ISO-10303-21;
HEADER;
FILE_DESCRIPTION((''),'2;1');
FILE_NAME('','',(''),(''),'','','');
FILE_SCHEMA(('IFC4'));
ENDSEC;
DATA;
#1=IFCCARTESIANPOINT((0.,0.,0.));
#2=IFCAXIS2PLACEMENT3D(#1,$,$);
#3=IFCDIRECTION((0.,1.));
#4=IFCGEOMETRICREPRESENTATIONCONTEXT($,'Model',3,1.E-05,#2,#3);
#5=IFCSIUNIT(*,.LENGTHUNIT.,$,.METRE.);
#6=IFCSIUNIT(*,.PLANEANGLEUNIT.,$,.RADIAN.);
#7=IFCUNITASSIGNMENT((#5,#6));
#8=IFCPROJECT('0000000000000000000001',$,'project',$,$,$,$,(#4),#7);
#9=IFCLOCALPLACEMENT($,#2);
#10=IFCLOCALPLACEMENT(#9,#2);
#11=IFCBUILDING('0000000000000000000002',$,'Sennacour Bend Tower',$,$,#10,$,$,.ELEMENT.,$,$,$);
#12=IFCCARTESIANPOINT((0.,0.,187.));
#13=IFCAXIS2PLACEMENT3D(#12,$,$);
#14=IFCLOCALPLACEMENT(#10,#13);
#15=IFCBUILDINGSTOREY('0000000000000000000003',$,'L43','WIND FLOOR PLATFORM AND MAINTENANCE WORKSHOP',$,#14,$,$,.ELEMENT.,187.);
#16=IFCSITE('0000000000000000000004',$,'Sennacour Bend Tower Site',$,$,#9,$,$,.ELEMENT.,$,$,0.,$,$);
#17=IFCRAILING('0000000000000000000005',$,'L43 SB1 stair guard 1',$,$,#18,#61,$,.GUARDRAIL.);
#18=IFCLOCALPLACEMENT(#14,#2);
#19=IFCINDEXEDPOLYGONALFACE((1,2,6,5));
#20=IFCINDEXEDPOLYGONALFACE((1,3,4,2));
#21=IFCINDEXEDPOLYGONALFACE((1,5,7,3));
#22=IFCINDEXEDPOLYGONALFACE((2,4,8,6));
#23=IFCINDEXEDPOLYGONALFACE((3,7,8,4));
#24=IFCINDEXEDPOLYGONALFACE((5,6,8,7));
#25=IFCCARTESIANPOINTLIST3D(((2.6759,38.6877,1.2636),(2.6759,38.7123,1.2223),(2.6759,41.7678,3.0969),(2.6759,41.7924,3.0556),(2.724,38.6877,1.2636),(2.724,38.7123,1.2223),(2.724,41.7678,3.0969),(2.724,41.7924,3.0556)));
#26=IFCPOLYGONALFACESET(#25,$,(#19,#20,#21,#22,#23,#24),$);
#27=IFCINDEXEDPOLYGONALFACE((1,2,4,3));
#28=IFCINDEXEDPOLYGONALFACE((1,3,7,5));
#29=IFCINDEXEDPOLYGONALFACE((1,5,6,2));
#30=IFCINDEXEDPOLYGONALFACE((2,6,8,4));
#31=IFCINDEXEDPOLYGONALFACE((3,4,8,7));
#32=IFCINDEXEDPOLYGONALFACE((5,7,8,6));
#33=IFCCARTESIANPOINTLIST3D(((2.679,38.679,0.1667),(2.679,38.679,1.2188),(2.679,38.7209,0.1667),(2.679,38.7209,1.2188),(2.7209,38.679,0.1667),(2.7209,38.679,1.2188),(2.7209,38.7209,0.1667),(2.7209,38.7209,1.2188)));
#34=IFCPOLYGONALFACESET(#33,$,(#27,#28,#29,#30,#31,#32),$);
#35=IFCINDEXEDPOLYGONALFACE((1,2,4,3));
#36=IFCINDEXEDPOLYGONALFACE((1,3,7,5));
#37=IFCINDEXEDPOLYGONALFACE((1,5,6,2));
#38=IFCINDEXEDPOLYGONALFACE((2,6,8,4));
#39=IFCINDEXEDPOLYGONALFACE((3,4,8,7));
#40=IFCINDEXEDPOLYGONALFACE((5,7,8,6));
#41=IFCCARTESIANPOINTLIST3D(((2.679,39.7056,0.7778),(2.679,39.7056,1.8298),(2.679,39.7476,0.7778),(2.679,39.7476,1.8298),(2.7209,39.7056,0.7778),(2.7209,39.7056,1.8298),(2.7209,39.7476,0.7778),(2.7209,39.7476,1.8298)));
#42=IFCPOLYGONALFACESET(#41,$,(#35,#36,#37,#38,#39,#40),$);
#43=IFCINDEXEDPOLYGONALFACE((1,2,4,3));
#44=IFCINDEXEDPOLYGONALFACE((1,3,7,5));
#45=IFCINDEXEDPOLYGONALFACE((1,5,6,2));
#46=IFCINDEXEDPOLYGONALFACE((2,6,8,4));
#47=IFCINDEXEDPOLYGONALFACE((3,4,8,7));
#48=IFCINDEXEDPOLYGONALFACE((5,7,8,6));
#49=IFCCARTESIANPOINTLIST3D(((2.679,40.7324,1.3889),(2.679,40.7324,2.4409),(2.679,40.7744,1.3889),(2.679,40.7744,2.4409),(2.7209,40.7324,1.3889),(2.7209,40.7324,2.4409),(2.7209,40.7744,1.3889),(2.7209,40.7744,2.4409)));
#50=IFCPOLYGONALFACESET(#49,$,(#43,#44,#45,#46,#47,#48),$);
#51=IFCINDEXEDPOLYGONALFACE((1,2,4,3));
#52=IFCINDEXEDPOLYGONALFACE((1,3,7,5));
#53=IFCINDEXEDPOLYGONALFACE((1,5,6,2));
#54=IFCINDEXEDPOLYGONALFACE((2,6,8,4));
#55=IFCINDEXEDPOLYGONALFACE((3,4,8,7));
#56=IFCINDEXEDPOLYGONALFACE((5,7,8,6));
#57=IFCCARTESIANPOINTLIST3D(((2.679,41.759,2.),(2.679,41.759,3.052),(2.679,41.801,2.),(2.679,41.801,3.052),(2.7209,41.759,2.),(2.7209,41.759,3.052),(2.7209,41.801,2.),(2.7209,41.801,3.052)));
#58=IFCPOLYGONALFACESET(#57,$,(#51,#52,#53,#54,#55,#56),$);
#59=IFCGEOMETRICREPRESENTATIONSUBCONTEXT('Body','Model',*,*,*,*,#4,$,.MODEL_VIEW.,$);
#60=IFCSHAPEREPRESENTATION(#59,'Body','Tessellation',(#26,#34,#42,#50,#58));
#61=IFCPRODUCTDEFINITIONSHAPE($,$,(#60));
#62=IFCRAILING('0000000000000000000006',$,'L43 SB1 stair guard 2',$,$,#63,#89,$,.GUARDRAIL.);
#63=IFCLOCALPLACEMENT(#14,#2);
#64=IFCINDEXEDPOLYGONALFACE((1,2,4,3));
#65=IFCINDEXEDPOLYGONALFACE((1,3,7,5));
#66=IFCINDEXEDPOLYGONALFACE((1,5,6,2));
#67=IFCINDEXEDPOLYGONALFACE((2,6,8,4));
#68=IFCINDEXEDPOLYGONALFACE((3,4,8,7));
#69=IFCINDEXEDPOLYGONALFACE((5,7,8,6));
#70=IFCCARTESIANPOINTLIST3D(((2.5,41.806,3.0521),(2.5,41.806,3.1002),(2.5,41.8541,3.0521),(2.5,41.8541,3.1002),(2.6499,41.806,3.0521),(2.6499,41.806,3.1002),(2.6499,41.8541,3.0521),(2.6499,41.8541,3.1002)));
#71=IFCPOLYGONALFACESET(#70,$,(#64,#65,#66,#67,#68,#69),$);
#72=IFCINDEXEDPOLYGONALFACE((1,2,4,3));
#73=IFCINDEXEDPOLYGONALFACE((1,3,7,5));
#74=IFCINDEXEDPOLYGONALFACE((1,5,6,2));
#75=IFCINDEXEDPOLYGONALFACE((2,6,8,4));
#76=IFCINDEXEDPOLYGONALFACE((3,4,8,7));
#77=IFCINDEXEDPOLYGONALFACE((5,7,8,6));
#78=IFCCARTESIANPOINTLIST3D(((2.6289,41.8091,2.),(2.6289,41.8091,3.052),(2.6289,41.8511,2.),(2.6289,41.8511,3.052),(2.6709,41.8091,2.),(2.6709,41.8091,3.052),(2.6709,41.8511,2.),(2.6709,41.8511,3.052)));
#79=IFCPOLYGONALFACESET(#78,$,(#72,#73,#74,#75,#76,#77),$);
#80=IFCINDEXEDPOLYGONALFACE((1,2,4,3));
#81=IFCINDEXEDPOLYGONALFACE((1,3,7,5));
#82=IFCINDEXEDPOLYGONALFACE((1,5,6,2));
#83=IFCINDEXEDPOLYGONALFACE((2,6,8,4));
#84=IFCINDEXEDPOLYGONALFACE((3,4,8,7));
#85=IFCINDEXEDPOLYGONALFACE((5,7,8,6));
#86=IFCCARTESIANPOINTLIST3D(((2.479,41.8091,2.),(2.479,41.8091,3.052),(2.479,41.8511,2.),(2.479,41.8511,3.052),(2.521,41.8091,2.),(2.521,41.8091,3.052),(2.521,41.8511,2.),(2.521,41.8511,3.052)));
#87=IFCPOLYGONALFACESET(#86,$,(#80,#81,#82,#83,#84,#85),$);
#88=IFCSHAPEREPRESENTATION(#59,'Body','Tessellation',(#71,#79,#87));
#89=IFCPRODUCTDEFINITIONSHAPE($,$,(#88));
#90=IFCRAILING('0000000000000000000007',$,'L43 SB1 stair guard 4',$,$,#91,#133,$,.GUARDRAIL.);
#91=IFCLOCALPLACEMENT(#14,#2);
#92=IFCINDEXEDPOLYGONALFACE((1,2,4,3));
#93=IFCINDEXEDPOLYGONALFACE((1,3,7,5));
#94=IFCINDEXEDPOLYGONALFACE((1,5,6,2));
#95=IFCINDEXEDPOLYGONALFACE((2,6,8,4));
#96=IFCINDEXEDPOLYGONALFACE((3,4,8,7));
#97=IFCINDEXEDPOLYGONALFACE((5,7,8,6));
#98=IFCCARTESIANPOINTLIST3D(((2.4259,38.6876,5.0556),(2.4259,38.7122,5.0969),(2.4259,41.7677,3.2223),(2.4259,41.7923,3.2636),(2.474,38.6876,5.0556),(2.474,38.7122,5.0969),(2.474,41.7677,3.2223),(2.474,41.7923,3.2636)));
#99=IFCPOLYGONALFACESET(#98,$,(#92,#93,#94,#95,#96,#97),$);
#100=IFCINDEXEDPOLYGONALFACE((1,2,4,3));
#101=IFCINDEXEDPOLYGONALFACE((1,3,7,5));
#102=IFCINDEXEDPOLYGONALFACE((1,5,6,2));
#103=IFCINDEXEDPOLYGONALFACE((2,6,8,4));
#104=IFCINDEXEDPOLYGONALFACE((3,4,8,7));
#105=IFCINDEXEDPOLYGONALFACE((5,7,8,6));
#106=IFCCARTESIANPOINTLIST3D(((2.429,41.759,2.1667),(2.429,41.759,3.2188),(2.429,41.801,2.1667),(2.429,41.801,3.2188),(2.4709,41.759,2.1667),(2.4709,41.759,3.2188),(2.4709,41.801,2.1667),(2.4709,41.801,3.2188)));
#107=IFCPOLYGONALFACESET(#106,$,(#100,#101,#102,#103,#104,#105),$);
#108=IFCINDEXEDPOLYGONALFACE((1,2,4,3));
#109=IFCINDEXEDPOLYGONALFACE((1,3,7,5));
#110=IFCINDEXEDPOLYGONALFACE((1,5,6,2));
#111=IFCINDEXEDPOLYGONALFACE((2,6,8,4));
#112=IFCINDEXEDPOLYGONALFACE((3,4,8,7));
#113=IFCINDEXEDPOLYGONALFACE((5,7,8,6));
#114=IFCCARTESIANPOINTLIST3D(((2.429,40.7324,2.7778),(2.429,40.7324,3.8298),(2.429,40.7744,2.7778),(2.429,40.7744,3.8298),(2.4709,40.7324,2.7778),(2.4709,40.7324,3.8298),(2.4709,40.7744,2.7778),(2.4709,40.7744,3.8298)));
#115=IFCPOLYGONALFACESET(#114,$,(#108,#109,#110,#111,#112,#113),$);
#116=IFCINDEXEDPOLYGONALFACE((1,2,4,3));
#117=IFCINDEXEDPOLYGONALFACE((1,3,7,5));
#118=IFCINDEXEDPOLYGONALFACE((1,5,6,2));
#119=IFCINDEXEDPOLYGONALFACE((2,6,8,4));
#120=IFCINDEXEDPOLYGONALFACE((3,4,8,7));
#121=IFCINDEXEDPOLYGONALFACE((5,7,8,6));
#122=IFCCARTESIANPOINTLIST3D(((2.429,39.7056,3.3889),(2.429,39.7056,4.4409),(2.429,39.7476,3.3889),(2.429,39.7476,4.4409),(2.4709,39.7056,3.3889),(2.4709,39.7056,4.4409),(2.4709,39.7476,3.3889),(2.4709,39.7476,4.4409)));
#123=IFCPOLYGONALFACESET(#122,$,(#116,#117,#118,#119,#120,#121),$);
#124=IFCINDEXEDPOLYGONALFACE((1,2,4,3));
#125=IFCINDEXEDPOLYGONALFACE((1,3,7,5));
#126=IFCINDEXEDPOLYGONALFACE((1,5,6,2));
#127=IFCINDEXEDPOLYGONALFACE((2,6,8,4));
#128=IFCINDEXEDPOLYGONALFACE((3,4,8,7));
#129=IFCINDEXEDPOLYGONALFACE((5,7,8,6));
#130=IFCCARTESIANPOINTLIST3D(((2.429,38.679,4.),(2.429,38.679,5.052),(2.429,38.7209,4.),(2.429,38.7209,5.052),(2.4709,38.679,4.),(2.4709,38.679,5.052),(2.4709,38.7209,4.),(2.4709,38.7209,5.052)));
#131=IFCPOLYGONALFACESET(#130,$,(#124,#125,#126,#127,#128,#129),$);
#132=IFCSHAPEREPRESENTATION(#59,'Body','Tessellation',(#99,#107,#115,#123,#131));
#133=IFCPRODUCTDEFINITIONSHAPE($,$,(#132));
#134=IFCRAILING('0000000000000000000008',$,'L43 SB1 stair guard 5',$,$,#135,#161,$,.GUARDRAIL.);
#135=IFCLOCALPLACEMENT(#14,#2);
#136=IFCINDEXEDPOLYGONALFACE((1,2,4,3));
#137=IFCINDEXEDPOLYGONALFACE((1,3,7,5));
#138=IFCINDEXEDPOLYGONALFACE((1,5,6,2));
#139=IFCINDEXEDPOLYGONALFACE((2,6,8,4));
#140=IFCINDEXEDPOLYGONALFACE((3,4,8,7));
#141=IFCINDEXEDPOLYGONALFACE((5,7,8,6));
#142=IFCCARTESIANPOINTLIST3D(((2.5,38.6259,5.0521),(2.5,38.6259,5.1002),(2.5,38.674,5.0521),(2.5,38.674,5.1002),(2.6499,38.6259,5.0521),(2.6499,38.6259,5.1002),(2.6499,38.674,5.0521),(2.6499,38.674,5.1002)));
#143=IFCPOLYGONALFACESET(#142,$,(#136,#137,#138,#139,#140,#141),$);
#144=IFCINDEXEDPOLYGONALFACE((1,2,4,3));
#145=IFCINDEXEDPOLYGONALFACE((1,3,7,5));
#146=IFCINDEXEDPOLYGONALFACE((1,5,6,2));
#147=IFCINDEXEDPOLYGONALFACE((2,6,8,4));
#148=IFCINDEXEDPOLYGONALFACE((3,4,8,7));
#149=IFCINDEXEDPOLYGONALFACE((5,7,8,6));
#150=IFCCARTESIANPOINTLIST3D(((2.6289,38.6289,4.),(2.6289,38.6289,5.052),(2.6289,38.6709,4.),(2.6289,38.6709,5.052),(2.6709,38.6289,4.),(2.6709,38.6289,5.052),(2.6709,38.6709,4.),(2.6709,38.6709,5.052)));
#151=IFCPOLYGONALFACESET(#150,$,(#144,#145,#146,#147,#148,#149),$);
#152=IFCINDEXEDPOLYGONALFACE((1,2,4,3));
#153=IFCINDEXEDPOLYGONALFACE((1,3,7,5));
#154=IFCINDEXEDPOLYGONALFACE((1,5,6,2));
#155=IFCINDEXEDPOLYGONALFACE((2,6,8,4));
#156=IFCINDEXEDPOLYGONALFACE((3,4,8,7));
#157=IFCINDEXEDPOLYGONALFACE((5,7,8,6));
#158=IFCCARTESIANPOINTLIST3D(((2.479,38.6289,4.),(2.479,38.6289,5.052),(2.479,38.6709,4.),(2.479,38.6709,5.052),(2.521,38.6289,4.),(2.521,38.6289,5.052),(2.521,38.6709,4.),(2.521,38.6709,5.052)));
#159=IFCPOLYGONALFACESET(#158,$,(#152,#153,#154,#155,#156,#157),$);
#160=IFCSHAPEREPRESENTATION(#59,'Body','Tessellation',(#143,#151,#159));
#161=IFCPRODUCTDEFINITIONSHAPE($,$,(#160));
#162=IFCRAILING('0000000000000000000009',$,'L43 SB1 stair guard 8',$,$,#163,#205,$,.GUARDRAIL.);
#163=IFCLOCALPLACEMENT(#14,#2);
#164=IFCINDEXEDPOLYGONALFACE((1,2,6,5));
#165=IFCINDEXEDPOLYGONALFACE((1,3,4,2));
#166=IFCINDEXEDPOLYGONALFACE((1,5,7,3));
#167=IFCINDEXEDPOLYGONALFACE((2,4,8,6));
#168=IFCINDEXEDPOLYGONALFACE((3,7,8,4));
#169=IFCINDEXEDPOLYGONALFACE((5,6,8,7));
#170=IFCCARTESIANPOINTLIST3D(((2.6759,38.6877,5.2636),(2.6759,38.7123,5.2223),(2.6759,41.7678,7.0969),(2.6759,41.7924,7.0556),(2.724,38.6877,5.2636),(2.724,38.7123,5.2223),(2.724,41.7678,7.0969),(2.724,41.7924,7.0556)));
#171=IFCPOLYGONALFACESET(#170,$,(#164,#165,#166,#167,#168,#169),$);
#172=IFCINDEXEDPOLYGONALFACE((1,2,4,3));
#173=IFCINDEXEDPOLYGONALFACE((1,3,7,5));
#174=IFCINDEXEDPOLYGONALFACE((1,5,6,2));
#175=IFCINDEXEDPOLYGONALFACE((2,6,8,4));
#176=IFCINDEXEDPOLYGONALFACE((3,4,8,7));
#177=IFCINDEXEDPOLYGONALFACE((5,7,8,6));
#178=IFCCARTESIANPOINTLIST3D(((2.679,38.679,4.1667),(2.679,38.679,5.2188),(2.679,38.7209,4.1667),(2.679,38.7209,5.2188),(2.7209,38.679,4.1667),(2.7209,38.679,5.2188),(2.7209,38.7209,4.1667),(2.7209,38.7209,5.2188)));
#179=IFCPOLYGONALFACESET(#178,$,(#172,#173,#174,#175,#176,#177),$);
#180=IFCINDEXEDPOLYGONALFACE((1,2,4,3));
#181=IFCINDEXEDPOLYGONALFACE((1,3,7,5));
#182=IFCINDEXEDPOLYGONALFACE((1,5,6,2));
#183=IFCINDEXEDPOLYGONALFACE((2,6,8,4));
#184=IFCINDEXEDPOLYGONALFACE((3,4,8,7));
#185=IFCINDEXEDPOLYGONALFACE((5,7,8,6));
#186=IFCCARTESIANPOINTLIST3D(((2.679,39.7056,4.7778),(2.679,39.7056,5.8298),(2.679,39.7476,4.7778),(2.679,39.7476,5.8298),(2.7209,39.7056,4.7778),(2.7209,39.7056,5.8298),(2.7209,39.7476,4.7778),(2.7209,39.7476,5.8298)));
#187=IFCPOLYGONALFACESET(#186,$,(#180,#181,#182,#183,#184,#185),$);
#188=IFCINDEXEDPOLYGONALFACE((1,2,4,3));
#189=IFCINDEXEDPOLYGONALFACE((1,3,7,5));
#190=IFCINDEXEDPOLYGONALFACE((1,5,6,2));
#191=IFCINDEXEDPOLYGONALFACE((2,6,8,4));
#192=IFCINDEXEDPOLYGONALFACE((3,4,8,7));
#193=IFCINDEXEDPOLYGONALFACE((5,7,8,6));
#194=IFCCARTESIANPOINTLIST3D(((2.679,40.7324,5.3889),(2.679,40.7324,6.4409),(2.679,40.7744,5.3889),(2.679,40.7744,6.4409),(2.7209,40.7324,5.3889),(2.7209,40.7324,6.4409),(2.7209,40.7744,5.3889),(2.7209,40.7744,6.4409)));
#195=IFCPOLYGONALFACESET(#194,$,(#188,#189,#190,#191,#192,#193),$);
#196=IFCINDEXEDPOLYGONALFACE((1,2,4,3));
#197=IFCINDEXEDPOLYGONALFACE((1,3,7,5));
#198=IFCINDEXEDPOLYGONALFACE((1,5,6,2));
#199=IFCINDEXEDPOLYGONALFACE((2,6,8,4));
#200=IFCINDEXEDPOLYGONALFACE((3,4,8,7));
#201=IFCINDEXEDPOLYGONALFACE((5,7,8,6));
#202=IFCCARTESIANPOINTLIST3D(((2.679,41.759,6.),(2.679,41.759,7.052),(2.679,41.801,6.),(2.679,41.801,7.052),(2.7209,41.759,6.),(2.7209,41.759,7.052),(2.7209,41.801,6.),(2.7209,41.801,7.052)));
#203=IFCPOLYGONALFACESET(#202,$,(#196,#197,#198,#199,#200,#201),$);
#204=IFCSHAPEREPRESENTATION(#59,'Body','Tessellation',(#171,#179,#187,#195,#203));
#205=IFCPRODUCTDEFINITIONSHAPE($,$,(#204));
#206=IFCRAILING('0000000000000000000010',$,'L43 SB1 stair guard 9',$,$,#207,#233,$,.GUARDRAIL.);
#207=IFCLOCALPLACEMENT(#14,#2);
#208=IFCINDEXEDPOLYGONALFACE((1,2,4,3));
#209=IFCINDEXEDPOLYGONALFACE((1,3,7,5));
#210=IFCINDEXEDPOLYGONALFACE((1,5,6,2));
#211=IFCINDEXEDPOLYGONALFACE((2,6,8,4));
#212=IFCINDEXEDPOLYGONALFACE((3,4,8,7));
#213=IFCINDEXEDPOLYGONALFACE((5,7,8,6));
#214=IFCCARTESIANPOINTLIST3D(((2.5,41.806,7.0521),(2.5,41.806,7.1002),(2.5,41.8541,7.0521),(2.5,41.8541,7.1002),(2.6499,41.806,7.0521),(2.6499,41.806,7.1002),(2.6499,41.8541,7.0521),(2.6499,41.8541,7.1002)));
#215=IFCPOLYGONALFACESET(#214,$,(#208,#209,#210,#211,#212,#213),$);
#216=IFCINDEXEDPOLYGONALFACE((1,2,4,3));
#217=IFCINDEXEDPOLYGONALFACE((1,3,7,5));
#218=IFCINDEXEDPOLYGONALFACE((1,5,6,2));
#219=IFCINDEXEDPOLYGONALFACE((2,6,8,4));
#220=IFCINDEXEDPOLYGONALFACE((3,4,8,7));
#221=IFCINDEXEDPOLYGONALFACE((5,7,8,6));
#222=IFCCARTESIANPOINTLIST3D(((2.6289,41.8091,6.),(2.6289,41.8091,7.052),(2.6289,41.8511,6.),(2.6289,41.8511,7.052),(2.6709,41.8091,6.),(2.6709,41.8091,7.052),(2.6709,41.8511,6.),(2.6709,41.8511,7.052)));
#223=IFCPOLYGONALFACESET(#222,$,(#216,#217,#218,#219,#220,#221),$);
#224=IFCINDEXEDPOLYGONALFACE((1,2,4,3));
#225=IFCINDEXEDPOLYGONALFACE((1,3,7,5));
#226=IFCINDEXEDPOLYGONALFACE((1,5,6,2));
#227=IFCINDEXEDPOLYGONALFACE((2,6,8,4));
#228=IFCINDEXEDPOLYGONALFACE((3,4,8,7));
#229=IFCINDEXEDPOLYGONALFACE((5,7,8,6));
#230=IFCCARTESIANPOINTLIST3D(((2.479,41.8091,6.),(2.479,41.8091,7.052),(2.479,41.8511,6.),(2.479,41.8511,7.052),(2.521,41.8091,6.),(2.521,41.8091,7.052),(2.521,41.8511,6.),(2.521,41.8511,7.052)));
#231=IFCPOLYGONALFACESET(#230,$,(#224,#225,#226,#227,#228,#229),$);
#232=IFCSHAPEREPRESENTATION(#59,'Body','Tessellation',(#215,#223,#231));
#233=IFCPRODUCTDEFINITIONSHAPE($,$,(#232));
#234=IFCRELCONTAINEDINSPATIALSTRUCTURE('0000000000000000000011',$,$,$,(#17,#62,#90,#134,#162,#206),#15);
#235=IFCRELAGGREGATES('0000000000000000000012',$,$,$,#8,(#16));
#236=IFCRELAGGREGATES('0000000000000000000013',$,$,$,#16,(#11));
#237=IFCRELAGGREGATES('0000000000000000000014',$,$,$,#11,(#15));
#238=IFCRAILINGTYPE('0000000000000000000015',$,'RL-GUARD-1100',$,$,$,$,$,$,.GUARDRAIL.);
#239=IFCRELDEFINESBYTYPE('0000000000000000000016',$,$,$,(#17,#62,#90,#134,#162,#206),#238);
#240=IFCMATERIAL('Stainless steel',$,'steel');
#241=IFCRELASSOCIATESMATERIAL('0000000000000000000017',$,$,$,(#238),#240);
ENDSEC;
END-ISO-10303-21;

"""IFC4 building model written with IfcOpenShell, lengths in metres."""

from ifc_helpers import new_model, si_unit, direction, frame, origin, origin_2d, place, context, subcontext, project, spatial, rectangle, extrude, material, type_object, element, save


model = new_model("IFC4")

# Units and contexts
model_context = context("Model", 3, precision=1e-05, world=origin(), true_north=direction((0.0, 1.0)))
body_context = subcontext(model_context, "Body", "Model", "MODEL_VIEW")
ifc_project = project(units=[si_unit("LENGTHUNIT", "METRE"), si_unit("PLANEANGLEUNIT", "RADIAN")], contexts=[model_context])

# Site, building, storey
site_placement = place(None, origin())
site = spatial("IfcSite", under=ifc_project, at=site_placement, Name="Sennacour Bend Tower Site", CompositionType="ELEMENT", RefElevation=0.0)
building_placement = place(site_placement, origin())
building = spatial("IfcBuilding", under=site, at=building_placement, Name="Sennacour Bend Tower", CompositionType="ELEMENT")
storey_placement = place(building_placement, frame((0.0, 0.0, 187.0)))
storey = spatial("IfcBuildingStorey", under=building, at=storey_placement, Name="L43", Description="WIND FLOOR PLATFORM AND MAINTENANCE WORKSHOP", CompositionType="ELEMENT", Elevation=187.0)

# Railings
ifc_material_1 = material(Name="Stainless steel", Category="steel")
railing_type_1 = type_object("IfcRailingType", Name="RL-GUARD-1100", PredefinedType="GUARDRAIL", material=ifc_material_1)
railing_1_placement = place(storey_placement, frame((2.7, 38.7, 0.1667)))
element("IfcRailing", 1, at=railing_1_placement, inside=storey, type_object=railing_type_1, Name="L43 SB1 stair guard 1", PredefinedType="GUARDRAIL", context=body_context, shape_type="SweptSolid", body=[
    extrude(rectangle(XDim=0.0481, YDim=0.0481, at=origin_2d()), frame((0.0, 0.0, 1.0762), z_axis=(0.0, 0.859309, 0.511458), x_axis=(-1.0, 0.0, 0.0)), (0.0, 0.0, 1.0), 3.5845),
    extrude(rectangle(XDim=0.042, YDim=0.042, at=origin_2d()), origin(), (0.0, 0.0, 1.0), 1.052),
    extrude(rectangle(XDim=0.042, YDim=0.042, at=origin_2d()), frame((0.0, 1.0266, 0.6111)), (0.0, 0.0, 1.0), 1.052),
    extrude(rectangle(XDim=0.042, YDim=0.042, at=origin_2d()), frame((0.0, 2.0535, 1.2222)), (0.0, 0.0, 1.0), 1.052),
    extrude(rectangle(XDim=0.042, YDim=0.042, at=origin_2d()), frame((0.0, 3.0801, 1.8333)), (0.0, 0.0, 1.0), 1.052),
])
railing_2_placement = place(storey_placement, frame((2.6499, 41.8301, 2.0)))
element("IfcRailing", 2, at=railing_2_placement, inside=storey, type_object=railing_type_1, Name="L43 SB1 stair guard 2", PredefinedType="GUARDRAIL", context=body_context, shape_type="SweptSolid", body=[
    extrude(rectangle(XDim=0.0481, YDim=0.0481, at=origin_2d()), frame((0.0, 0.0, 1.0762), z_axis=(-1.0, 0.0, 0.0), x_axis=(0.0, -1.0, 0.0)), (0.0, 0.0, 1.0), 0.1499),
    extrude(rectangle(XDim=0.042, YDim=0.042, at=origin_2d()), origin(), (0.0, 0.0, 1.0), 1.052),
    extrude(rectangle(XDim=0.042, YDim=0.042, at=origin_2d()), frame((-0.1499, 0.0, 0.0)), (0.0, 0.0, 1.0), 1.052),
])
railing_3_placement = place(storey_placement, frame((2.45, 41.78, 2.1667)))
element("IfcRailing", 3, at=railing_3_placement, inside=storey, type_object=railing_type_1, Name="L43 SB1 stair guard 4", PredefinedType="GUARDRAIL", context=body_context, shape_type="SweptSolid", body=[
    extrude(rectangle(XDim=0.0481, YDim=0.0481, at=origin_2d()), frame((0.0, 0.0, 1.0762), z_axis=(0.0, -0.859309, 0.511458), x_axis=(1.0, 0.0, 0.0)), (0.0, 0.0, 1.0), 3.5845),
    extrude(rectangle(XDim=0.042, YDim=0.042, at=origin_2d()), origin(), (0.0, 0.0, 1.0), 1.052),
    extrude(rectangle(XDim=0.042, YDim=0.042, at=origin_2d()), frame((0.0, -1.0266, 0.6111)), (0.0, 0.0, 1.0), 1.052),
    extrude(rectangle(XDim=0.042, YDim=0.042, at=origin_2d()), frame((0.0, -2.0535, 1.2222)), (0.0, 0.0, 1.0), 1.052),
    extrude(rectangle(XDim=0.042, YDim=0.042, at=origin_2d()), frame((0.0, -3.0801, 1.8333)), (0.0, 0.0, 1.0), 1.052),
])
railing_4_placement = place(storey_placement, frame((2.6499, 38.6499, 4.0)))
element("IfcRailing", 4, at=railing_4_placement, inside=storey, type_object=railing_type_1, Name="L43 SB1 stair guard 5", PredefinedType="GUARDRAIL", context=body_context, shape_type="SweptSolid", body=[
    extrude(rectangle(XDim=0.0481, YDim=0.0481, at=origin_2d()), frame((0.0, 0.0, 1.0762), z_axis=(-1.0, 0.0, 0.0), x_axis=(0.0, -1.0, 0.0)), (0.0, 0.0, 1.0), 0.1499),
    extrude(rectangle(XDim=0.042, YDim=0.042, at=origin_2d()), origin(), (0.0, 0.0, 1.0), 1.052),
    extrude(rectangle(XDim=0.042, YDim=0.042, at=origin_2d()), frame((-0.1499, 0.0, 0.0)), (0.0, 0.0, 1.0), 1.052),
])
railing_5_placement = place(storey_placement, frame((2.7, 38.7, 4.1667)))
element("IfcRailing", 5, at=railing_5_placement, inside=storey, type_object=railing_type_1, Name="L43 SB1 stair guard 8", PredefinedType="GUARDRAIL", context=body_context, shape_type="SweptSolid", body=[
    extrude(rectangle(XDim=0.0481, YDim=0.0481, at=origin_2d()), frame((0.0, 0.0, 1.0762), z_axis=(0.0, 0.859309, 0.511458), x_axis=(-1.0, 0.0, 0.0)), (0.0, 0.0, 1.0), 3.5845),
    extrude(rectangle(XDim=0.042, YDim=0.042, at=origin_2d()), origin(), (0.0, 0.0, 1.0), 1.052),
    extrude(rectangle(XDim=0.042, YDim=0.042, at=origin_2d()), frame((0.0, 1.0266, 0.6111)), (0.0, 0.0, 1.0), 1.052),
    extrude(rectangle(XDim=0.042, YDim=0.042, at=origin_2d()), frame((0.0, 2.0535, 1.2222)), (0.0, 0.0, 1.0), 1.052),
    extrude(rectangle(XDim=0.042, YDim=0.042, at=origin_2d()), frame((0.0, 3.0801, 1.8333)), (0.0, 0.0, 1.0), 1.052),
])
railing_6_placement = place(storey_placement, frame((2.6499, 41.8301, 6.0)))
element("IfcRailing", 6, at=railing_6_placement, inside=storey, type_object=railing_type_1, Name="L43 SB1 stair guard 9", PredefinedType="GUARDRAIL", context=body_context, shape_type="SweptSolid", body=[
    extrude(rectangle(XDim=0.0481, YDim=0.0481, at=origin_2d()), frame((0.0, 0.0, 1.0762), z_axis=(-1.0, 0.0, 0.0), x_axis=(0.0, -1.0, 0.0)), (0.0, 0.0, 1.0), 0.1499),
    extrude(rectangle(XDim=0.042, YDim=0.042, at=origin_2d()), origin(), (0.0, 0.0, 1.0), 1.052),
    extrude(rectangle(XDim=0.042, YDim=0.042, at=origin_2d()), frame((-0.1499, 0.0, 0.0)), (0.0, 0.0, 1.0), 1.052),
])

save(model, "model.ifc")
